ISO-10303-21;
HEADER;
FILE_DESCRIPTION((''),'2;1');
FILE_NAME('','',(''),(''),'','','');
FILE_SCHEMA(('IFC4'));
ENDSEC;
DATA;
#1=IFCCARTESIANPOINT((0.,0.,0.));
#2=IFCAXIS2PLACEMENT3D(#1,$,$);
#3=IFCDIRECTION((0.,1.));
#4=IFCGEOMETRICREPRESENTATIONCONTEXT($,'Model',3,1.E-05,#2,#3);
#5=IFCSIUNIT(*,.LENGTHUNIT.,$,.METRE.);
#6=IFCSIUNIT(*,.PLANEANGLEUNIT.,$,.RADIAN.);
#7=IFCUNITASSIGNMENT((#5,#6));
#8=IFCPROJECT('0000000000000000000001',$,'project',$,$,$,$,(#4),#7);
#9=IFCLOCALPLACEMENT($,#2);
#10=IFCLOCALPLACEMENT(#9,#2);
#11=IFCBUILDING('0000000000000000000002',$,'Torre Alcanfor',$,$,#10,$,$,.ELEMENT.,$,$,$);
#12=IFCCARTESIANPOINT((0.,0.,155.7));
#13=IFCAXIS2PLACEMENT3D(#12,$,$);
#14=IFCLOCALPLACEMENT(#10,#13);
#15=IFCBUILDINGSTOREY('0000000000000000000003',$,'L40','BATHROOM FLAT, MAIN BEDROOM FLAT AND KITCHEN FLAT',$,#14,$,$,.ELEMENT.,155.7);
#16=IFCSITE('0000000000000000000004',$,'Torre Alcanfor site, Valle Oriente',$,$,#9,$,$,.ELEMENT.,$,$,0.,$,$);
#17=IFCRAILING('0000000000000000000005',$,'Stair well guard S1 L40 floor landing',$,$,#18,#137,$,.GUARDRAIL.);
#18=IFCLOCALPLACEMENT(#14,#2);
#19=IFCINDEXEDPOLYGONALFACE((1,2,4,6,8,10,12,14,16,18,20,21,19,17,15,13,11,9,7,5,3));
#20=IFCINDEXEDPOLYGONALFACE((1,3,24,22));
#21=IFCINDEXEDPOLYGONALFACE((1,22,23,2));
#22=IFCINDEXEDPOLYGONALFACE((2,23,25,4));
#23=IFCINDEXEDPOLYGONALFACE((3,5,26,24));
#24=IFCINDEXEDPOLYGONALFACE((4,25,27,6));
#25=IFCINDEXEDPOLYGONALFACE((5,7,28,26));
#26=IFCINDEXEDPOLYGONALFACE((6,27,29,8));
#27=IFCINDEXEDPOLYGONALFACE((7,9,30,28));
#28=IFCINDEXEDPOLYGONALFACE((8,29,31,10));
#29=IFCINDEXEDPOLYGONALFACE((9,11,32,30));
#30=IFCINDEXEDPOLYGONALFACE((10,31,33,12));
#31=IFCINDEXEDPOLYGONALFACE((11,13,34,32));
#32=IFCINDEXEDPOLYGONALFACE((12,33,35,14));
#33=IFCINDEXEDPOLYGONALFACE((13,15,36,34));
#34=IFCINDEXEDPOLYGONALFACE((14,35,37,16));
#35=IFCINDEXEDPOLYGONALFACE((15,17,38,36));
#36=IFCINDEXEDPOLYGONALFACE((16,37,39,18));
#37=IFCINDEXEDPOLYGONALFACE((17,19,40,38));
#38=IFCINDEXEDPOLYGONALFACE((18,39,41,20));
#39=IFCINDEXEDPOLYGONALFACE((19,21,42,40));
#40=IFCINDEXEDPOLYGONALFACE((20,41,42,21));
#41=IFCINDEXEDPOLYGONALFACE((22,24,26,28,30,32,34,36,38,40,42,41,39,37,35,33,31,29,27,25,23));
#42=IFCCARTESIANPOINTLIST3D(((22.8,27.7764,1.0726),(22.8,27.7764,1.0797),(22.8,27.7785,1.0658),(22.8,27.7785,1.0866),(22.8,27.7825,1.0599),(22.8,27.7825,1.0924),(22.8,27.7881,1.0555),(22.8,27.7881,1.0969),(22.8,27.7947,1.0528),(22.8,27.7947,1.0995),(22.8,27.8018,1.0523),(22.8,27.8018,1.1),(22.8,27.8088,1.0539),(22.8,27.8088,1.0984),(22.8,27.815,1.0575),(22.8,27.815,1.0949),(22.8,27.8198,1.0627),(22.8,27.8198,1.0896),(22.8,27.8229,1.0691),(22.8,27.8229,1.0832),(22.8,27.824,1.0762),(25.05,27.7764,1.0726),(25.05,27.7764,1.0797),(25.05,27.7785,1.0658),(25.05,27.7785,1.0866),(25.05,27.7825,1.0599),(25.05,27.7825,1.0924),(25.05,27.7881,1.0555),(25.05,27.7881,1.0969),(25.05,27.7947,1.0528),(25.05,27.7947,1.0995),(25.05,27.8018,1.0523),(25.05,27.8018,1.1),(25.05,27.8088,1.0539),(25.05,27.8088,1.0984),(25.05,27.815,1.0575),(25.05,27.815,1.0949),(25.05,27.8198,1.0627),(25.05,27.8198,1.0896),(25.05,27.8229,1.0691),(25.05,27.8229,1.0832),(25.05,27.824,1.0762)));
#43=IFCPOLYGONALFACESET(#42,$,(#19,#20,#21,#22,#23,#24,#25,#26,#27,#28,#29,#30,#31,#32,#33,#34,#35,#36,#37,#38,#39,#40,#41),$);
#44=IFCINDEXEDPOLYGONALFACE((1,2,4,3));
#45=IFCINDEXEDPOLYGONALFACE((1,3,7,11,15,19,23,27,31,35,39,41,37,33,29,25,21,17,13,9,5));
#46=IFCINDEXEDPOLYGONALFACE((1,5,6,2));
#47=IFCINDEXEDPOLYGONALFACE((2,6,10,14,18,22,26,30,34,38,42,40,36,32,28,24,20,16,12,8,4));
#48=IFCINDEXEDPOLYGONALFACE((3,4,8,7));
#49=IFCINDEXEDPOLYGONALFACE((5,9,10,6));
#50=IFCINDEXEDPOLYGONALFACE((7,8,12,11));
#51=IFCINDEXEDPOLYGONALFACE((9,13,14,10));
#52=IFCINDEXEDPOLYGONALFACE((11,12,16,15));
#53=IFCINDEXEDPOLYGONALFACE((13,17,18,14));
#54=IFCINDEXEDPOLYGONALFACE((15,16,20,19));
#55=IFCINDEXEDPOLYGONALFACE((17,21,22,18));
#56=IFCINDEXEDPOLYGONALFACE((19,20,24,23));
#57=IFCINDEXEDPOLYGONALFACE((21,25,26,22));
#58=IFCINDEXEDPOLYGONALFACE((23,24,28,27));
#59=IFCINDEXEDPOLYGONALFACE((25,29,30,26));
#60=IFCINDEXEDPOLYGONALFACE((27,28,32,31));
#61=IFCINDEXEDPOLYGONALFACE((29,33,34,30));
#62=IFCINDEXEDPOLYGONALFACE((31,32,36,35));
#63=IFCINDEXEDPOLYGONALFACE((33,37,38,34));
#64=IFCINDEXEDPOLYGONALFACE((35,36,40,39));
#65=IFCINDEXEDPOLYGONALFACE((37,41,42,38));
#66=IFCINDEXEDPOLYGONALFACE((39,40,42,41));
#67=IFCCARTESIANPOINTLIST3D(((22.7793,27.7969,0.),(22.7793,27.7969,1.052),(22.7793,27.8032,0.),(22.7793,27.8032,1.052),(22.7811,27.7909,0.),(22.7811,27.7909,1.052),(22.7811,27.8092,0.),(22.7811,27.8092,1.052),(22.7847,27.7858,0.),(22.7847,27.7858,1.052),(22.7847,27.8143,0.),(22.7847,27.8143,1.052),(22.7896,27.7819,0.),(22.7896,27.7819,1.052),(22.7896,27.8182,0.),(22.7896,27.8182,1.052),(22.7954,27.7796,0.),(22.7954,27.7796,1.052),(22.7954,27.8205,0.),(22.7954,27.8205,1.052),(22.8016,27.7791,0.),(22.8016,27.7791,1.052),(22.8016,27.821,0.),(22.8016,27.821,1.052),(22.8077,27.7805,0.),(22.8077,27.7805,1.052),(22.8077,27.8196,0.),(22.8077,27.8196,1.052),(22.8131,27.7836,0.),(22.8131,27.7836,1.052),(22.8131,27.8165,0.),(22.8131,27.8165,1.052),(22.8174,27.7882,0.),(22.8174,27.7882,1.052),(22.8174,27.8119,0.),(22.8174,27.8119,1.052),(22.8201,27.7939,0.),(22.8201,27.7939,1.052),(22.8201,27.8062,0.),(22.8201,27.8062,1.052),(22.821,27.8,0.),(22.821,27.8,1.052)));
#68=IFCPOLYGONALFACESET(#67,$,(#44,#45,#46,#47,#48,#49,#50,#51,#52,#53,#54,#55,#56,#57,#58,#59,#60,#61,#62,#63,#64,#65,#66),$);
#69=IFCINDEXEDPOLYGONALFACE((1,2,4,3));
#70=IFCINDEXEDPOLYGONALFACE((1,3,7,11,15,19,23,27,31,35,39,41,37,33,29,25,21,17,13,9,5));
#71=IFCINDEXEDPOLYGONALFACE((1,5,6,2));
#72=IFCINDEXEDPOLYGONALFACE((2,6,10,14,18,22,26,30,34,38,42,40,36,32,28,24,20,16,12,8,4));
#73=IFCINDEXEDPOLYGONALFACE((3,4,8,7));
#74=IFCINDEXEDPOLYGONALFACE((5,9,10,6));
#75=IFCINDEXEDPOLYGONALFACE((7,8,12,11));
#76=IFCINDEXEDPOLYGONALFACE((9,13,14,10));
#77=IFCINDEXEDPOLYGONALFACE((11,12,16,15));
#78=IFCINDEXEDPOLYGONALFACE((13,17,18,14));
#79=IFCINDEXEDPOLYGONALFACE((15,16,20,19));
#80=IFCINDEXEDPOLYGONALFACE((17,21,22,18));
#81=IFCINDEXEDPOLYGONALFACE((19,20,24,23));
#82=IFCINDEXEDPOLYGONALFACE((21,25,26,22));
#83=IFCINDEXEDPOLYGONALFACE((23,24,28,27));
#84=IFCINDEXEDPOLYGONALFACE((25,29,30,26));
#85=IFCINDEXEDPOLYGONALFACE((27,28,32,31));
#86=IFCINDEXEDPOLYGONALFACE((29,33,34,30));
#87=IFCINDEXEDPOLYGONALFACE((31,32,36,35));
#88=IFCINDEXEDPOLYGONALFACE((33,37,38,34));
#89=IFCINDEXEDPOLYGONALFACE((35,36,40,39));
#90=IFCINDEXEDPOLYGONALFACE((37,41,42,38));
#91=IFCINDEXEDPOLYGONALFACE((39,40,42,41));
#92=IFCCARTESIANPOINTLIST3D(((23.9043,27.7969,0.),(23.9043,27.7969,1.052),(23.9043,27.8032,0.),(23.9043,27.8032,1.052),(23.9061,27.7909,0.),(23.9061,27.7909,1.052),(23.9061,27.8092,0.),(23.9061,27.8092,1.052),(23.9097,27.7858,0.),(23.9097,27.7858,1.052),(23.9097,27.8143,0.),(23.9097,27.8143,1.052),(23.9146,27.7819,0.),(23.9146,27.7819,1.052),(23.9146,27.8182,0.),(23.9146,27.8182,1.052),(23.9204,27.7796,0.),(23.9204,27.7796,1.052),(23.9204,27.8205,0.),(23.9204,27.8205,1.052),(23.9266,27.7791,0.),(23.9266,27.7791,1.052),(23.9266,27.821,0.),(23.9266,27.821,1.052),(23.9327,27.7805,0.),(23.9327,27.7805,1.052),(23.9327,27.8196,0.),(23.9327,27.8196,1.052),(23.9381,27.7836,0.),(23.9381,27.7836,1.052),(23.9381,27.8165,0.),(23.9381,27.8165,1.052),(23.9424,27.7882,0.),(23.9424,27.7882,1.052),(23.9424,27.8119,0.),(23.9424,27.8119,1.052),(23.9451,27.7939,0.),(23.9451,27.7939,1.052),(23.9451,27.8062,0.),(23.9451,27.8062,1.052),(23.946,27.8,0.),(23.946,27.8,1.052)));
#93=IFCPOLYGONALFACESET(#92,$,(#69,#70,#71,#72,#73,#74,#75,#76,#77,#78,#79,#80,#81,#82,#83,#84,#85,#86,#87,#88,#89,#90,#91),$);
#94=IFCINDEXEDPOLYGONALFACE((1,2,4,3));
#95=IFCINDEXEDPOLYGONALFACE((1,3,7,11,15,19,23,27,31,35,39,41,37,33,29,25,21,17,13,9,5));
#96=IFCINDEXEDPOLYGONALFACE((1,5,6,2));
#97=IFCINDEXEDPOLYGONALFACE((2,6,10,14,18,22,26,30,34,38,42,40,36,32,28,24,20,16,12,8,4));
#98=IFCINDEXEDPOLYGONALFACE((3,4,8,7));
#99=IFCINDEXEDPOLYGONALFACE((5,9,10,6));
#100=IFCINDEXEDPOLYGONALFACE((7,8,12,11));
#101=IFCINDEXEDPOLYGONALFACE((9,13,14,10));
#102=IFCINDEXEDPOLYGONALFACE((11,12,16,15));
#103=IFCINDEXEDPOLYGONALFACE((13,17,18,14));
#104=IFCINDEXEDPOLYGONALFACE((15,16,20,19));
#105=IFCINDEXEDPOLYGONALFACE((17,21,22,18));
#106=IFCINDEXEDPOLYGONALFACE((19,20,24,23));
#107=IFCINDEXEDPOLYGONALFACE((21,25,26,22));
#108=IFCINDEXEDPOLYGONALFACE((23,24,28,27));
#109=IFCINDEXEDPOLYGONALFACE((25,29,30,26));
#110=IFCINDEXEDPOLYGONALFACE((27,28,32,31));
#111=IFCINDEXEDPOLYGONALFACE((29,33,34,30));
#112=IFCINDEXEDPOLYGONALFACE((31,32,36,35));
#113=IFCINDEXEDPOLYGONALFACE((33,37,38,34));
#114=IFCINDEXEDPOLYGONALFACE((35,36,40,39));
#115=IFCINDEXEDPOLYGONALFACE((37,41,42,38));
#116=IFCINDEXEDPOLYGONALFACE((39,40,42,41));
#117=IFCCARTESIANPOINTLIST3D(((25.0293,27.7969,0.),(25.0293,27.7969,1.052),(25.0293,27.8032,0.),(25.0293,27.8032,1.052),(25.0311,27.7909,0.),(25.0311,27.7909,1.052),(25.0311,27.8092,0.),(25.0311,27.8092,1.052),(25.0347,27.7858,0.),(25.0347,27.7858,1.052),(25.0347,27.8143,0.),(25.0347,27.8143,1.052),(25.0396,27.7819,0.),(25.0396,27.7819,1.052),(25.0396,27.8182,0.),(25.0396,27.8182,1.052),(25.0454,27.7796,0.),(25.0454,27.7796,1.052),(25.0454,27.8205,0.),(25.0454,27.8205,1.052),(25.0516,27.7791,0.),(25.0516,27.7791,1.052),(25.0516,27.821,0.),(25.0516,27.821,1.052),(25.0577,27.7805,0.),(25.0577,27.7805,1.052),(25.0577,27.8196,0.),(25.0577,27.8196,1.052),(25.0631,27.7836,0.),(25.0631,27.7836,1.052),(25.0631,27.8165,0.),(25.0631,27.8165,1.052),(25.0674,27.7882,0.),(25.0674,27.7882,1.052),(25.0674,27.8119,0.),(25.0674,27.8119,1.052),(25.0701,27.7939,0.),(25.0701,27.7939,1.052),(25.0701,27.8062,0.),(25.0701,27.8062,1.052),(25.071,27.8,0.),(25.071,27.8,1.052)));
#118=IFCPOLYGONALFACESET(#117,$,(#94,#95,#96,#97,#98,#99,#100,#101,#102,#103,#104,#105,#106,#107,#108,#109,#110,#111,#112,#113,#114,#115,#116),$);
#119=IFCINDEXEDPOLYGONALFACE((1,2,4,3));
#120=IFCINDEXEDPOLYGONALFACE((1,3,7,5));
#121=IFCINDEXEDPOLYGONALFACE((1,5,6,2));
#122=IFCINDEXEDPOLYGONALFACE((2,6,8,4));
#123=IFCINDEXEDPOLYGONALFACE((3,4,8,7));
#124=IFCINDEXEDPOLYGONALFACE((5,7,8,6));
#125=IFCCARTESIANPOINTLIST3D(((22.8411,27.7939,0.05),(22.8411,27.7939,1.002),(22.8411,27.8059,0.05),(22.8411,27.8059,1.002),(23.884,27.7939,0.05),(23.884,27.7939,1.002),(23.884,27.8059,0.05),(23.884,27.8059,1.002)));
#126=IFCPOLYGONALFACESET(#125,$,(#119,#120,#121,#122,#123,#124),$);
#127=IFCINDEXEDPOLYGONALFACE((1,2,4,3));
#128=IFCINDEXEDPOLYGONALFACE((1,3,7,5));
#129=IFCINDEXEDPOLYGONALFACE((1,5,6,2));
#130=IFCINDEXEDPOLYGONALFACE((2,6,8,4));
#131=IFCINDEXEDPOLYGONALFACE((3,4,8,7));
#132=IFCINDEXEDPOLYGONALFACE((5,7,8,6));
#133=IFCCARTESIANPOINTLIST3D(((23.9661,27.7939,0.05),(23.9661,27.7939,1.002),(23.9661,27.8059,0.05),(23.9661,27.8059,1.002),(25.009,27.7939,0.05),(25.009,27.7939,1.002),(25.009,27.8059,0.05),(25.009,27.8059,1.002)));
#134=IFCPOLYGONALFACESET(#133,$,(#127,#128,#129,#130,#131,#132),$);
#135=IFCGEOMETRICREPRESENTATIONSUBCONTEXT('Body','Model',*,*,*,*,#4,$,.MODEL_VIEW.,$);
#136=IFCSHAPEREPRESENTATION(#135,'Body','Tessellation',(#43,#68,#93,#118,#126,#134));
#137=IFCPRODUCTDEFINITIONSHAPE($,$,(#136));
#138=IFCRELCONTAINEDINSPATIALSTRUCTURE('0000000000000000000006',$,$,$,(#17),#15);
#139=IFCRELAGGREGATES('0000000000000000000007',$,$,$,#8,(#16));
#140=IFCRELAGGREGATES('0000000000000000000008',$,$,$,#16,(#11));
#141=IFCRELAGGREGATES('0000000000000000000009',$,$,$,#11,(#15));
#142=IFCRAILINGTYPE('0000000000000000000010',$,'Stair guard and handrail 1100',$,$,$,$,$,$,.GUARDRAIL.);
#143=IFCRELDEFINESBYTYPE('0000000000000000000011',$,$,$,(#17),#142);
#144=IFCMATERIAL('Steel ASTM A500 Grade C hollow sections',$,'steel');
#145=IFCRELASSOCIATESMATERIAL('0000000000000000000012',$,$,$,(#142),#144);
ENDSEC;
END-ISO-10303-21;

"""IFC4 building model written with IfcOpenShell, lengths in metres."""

from ifc_helpers import new_model, si_unit, direction, frame, origin, origin_2d, place, context, subcontext, project, spatial, polyline, circle, outline, extrude, material, type_object, element, save


model = new_model("IFC4")

# Units and contexts
model_context = context("Model", 3, precision=1e-05, world=origin(), true_north=direction((0.0, 1.0)))
body_context = subcontext(model_context, "Body", "Model", "MODEL_VIEW")
ifc_project = project(units=[si_unit("LENGTHUNIT", "METRE"), si_unit("PLANEANGLEUNIT", "RADIAN")], contexts=[model_context])

# Site, building, storey
site_placement = place(None, origin())
site = spatial("IfcSite", under=ifc_project, at=site_placement, Name="Torre Alcanfor site, Valle Oriente", CompositionType="ELEMENT", RefElevation=0.0)
building_placement = place(site_placement, origin())
building = spatial("IfcBuilding", under=site, at=building_placement, Name="Torre Alcanfor", CompositionType="ELEMENT")
storey_placement = place(building_placement, frame((0.0, 0.0, 155.7)))
storey = spatial("IfcBuildingStorey", under=building, at=storey_placement, Name="L40", Description="BATHROOM FLAT, MAIN BEDROOM FLAT AND KITCHEN FLAT", CompositionType="ELEMENT", Elevation=155.7)

# Railing
ifc_material_1 = material(Name="Steel ASTM A500 Grade C hollow sections", Category="steel")
railing_type_1 = type_object("IfcRailingType", Name="Stair guard and handrail 1100", PredefinedType="GUARDRAIL", material=ifc_material_1)
railing_1_placement = place(storey_placement, frame((22.8, 27.8, 0.0)))
element("IfcRailing", 1, at=railing_1_placement, inside=storey, type_object=railing_type_1, Name="Stair well guard S1 L40 floor landing", PredefinedType="GUARDRAIL", context=body_context, shape_type="SweptSolid", body=[
    extrude(circle(Radius=0.0239, at=origin_2d()), frame((0.0, 0.0, 1.0762), z_axis=(1.0, 0.0, 0.0), x_axis=(0.0, 1.0, 0.0)), (0.0, 0.0, 1.0), 2.25),
    extrude(circle(Radius=0.021, at=origin_2d()), origin(), (0.0, 0.0, 1.0), 1.052),
    extrude(circle(Radius=0.021, at=origin_2d()), frame((1.125, 0.0, 0.0)), (0.0, 0.0, 1.0), 1.052),
    extrude(circle(Radius=0.021, at=origin_2d()), frame((2.25, 0.0, 0.0)), (0.0, 0.0, 1.0), 1.052),
    extrude(outline(polyline([(0.041, 0.05), (1.084, 0.05), (1.084, 1.002), (0.041, 1.002), (0.041, 0.05)])), frame((0.0, 0.0059, 0.0), z_axis=(0.0, -1.0, 0.0), x_axis=(1.0, 0.0, 0.0)), (0.0, 0.0, 1.0), 0.012),
    extrude(outline(polyline([(1.166, 0.05), (2.209, 0.05), (2.209, 1.002), (1.166, 1.002), (1.166, 0.05)])), frame((0.0, 0.0059, 0.0), z_axis=(0.0, -1.0, 0.0), x_axis=(1.0, 0.0, 0.0)), (0.0, 0.0, 1.0), 0.012),
])

save(model, "model.ifc")
